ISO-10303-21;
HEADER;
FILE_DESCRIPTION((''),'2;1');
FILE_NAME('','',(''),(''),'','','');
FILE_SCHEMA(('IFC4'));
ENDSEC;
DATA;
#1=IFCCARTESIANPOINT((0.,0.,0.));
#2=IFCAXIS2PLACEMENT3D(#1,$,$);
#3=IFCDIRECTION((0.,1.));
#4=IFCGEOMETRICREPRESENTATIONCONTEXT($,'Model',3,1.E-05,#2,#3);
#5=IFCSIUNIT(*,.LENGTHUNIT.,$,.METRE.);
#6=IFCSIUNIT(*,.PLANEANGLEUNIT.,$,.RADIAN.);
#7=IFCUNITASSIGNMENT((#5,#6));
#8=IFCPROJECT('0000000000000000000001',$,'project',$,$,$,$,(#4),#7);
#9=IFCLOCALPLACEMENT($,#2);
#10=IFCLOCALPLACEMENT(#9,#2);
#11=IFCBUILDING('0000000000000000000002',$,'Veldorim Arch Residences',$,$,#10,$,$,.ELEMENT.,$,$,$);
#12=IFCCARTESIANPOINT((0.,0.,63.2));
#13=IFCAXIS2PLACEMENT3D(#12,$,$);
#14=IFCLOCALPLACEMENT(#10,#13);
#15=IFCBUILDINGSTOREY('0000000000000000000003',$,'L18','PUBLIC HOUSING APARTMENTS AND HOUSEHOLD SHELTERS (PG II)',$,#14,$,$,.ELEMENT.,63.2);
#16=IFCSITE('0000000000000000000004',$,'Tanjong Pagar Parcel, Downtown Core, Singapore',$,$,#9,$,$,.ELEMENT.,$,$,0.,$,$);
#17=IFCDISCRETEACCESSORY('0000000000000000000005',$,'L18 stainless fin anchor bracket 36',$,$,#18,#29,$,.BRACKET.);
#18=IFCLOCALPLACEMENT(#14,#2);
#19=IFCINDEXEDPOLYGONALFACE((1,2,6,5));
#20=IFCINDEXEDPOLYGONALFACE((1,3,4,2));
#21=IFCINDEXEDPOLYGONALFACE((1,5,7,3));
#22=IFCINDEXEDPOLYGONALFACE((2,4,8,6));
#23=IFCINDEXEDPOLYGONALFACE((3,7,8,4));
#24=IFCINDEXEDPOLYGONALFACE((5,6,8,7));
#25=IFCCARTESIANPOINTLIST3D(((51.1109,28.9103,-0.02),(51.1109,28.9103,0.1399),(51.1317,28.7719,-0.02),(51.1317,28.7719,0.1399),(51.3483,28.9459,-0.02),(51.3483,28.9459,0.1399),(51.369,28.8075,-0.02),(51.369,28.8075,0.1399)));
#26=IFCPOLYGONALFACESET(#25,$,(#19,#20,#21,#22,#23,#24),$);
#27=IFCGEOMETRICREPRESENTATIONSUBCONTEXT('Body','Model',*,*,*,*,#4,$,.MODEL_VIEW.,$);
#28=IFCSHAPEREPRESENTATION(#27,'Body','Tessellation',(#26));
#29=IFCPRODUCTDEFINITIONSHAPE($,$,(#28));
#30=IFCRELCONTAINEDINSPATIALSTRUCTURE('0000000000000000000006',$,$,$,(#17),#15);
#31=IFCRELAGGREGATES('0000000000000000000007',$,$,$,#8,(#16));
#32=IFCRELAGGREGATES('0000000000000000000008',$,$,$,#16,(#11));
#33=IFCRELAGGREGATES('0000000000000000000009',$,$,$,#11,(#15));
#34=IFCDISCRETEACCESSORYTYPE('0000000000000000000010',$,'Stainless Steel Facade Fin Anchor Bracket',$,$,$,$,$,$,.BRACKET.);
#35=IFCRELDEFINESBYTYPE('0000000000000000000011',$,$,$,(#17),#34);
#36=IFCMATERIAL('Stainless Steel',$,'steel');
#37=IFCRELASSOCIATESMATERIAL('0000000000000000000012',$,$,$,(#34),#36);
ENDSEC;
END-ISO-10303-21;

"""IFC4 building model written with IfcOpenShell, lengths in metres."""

from ifc_helpers import new_model, si_unit, direction, frame, origin, origin_2d, place, context, subcontext, project, spatial, rectangle, extrude, material, type_object, element, save


model = new_model("IFC4")

# Units and contexts
model_context = context("Model", 3, precision=1e-05, world=origin(), true_north=direction((0.0, 1.0)))
body_context = subcontext(model_context, "Body", "Model", "MODEL_VIEW")
ifc_project = project(units=[si_unit("LENGTHUNIT", "METRE"), si_unit("PLANEANGLEUNIT", "RADIAN")], contexts=[model_context])

# Site, building, storey
site_placement = place(None, origin())
site = spatial("IfcSite", under=ifc_project, at=site_placement, Name="Tanjong Pagar Parcel, Downtown Core, Singapore", CompositionType="ELEMENT", RefElevation=0.0)
building_placement = place(site_placement, origin())
building = spatial("IfcBuilding", under=site, at=building_placement, Name="Veldorim Arch Residences", CompositionType="ELEMENT")
storey_placement = place(building_placement, frame((0.0, 0.0, 63.2)))
storey = spatial("IfcBuildingStorey", under=building, at=storey_placement, Name="L18", Description="PUBLIC HOUSING APARTMENTS AND HOUSEHOLD SHELTERS (PG II)", CompositionType="ELEMENT", Elevation=63.2)

# Discrete accessory
ifc_material_1 = material(Name="Stainless Steel", Category="steel")
discrete_accessory_type = type_object("IfcDiscreteAccessoryType", Name="Stainless Steel Facade Fin Anchor Bracket", PredefinedType="BRACKET", material=ifc_material_1)
discrete_accessory_placement = place(storey_placement, frame((51.24, 28.8589, -0.02), z_axis=(0.0, 0.0, 1.0), x_axis=(0.148327, -0.988938, 0.0)))
element("IfcDiscreteAccessory", 1, at=discrete_accessory_placement, inside=storey, type_object=discrete_accessory_type, Name="L18 stainless fin anchor bracket 36", PredefinedType="BRACKET", context=body_context, shape_type="SweptSolid", body=[
    extrude(rectangle(XDim=0.1399, YDim=0.24, at=origin_2d()), origin(), (0.0, 0.0, 1.0), 0.1599),
])

save(model, "model.ifc")
